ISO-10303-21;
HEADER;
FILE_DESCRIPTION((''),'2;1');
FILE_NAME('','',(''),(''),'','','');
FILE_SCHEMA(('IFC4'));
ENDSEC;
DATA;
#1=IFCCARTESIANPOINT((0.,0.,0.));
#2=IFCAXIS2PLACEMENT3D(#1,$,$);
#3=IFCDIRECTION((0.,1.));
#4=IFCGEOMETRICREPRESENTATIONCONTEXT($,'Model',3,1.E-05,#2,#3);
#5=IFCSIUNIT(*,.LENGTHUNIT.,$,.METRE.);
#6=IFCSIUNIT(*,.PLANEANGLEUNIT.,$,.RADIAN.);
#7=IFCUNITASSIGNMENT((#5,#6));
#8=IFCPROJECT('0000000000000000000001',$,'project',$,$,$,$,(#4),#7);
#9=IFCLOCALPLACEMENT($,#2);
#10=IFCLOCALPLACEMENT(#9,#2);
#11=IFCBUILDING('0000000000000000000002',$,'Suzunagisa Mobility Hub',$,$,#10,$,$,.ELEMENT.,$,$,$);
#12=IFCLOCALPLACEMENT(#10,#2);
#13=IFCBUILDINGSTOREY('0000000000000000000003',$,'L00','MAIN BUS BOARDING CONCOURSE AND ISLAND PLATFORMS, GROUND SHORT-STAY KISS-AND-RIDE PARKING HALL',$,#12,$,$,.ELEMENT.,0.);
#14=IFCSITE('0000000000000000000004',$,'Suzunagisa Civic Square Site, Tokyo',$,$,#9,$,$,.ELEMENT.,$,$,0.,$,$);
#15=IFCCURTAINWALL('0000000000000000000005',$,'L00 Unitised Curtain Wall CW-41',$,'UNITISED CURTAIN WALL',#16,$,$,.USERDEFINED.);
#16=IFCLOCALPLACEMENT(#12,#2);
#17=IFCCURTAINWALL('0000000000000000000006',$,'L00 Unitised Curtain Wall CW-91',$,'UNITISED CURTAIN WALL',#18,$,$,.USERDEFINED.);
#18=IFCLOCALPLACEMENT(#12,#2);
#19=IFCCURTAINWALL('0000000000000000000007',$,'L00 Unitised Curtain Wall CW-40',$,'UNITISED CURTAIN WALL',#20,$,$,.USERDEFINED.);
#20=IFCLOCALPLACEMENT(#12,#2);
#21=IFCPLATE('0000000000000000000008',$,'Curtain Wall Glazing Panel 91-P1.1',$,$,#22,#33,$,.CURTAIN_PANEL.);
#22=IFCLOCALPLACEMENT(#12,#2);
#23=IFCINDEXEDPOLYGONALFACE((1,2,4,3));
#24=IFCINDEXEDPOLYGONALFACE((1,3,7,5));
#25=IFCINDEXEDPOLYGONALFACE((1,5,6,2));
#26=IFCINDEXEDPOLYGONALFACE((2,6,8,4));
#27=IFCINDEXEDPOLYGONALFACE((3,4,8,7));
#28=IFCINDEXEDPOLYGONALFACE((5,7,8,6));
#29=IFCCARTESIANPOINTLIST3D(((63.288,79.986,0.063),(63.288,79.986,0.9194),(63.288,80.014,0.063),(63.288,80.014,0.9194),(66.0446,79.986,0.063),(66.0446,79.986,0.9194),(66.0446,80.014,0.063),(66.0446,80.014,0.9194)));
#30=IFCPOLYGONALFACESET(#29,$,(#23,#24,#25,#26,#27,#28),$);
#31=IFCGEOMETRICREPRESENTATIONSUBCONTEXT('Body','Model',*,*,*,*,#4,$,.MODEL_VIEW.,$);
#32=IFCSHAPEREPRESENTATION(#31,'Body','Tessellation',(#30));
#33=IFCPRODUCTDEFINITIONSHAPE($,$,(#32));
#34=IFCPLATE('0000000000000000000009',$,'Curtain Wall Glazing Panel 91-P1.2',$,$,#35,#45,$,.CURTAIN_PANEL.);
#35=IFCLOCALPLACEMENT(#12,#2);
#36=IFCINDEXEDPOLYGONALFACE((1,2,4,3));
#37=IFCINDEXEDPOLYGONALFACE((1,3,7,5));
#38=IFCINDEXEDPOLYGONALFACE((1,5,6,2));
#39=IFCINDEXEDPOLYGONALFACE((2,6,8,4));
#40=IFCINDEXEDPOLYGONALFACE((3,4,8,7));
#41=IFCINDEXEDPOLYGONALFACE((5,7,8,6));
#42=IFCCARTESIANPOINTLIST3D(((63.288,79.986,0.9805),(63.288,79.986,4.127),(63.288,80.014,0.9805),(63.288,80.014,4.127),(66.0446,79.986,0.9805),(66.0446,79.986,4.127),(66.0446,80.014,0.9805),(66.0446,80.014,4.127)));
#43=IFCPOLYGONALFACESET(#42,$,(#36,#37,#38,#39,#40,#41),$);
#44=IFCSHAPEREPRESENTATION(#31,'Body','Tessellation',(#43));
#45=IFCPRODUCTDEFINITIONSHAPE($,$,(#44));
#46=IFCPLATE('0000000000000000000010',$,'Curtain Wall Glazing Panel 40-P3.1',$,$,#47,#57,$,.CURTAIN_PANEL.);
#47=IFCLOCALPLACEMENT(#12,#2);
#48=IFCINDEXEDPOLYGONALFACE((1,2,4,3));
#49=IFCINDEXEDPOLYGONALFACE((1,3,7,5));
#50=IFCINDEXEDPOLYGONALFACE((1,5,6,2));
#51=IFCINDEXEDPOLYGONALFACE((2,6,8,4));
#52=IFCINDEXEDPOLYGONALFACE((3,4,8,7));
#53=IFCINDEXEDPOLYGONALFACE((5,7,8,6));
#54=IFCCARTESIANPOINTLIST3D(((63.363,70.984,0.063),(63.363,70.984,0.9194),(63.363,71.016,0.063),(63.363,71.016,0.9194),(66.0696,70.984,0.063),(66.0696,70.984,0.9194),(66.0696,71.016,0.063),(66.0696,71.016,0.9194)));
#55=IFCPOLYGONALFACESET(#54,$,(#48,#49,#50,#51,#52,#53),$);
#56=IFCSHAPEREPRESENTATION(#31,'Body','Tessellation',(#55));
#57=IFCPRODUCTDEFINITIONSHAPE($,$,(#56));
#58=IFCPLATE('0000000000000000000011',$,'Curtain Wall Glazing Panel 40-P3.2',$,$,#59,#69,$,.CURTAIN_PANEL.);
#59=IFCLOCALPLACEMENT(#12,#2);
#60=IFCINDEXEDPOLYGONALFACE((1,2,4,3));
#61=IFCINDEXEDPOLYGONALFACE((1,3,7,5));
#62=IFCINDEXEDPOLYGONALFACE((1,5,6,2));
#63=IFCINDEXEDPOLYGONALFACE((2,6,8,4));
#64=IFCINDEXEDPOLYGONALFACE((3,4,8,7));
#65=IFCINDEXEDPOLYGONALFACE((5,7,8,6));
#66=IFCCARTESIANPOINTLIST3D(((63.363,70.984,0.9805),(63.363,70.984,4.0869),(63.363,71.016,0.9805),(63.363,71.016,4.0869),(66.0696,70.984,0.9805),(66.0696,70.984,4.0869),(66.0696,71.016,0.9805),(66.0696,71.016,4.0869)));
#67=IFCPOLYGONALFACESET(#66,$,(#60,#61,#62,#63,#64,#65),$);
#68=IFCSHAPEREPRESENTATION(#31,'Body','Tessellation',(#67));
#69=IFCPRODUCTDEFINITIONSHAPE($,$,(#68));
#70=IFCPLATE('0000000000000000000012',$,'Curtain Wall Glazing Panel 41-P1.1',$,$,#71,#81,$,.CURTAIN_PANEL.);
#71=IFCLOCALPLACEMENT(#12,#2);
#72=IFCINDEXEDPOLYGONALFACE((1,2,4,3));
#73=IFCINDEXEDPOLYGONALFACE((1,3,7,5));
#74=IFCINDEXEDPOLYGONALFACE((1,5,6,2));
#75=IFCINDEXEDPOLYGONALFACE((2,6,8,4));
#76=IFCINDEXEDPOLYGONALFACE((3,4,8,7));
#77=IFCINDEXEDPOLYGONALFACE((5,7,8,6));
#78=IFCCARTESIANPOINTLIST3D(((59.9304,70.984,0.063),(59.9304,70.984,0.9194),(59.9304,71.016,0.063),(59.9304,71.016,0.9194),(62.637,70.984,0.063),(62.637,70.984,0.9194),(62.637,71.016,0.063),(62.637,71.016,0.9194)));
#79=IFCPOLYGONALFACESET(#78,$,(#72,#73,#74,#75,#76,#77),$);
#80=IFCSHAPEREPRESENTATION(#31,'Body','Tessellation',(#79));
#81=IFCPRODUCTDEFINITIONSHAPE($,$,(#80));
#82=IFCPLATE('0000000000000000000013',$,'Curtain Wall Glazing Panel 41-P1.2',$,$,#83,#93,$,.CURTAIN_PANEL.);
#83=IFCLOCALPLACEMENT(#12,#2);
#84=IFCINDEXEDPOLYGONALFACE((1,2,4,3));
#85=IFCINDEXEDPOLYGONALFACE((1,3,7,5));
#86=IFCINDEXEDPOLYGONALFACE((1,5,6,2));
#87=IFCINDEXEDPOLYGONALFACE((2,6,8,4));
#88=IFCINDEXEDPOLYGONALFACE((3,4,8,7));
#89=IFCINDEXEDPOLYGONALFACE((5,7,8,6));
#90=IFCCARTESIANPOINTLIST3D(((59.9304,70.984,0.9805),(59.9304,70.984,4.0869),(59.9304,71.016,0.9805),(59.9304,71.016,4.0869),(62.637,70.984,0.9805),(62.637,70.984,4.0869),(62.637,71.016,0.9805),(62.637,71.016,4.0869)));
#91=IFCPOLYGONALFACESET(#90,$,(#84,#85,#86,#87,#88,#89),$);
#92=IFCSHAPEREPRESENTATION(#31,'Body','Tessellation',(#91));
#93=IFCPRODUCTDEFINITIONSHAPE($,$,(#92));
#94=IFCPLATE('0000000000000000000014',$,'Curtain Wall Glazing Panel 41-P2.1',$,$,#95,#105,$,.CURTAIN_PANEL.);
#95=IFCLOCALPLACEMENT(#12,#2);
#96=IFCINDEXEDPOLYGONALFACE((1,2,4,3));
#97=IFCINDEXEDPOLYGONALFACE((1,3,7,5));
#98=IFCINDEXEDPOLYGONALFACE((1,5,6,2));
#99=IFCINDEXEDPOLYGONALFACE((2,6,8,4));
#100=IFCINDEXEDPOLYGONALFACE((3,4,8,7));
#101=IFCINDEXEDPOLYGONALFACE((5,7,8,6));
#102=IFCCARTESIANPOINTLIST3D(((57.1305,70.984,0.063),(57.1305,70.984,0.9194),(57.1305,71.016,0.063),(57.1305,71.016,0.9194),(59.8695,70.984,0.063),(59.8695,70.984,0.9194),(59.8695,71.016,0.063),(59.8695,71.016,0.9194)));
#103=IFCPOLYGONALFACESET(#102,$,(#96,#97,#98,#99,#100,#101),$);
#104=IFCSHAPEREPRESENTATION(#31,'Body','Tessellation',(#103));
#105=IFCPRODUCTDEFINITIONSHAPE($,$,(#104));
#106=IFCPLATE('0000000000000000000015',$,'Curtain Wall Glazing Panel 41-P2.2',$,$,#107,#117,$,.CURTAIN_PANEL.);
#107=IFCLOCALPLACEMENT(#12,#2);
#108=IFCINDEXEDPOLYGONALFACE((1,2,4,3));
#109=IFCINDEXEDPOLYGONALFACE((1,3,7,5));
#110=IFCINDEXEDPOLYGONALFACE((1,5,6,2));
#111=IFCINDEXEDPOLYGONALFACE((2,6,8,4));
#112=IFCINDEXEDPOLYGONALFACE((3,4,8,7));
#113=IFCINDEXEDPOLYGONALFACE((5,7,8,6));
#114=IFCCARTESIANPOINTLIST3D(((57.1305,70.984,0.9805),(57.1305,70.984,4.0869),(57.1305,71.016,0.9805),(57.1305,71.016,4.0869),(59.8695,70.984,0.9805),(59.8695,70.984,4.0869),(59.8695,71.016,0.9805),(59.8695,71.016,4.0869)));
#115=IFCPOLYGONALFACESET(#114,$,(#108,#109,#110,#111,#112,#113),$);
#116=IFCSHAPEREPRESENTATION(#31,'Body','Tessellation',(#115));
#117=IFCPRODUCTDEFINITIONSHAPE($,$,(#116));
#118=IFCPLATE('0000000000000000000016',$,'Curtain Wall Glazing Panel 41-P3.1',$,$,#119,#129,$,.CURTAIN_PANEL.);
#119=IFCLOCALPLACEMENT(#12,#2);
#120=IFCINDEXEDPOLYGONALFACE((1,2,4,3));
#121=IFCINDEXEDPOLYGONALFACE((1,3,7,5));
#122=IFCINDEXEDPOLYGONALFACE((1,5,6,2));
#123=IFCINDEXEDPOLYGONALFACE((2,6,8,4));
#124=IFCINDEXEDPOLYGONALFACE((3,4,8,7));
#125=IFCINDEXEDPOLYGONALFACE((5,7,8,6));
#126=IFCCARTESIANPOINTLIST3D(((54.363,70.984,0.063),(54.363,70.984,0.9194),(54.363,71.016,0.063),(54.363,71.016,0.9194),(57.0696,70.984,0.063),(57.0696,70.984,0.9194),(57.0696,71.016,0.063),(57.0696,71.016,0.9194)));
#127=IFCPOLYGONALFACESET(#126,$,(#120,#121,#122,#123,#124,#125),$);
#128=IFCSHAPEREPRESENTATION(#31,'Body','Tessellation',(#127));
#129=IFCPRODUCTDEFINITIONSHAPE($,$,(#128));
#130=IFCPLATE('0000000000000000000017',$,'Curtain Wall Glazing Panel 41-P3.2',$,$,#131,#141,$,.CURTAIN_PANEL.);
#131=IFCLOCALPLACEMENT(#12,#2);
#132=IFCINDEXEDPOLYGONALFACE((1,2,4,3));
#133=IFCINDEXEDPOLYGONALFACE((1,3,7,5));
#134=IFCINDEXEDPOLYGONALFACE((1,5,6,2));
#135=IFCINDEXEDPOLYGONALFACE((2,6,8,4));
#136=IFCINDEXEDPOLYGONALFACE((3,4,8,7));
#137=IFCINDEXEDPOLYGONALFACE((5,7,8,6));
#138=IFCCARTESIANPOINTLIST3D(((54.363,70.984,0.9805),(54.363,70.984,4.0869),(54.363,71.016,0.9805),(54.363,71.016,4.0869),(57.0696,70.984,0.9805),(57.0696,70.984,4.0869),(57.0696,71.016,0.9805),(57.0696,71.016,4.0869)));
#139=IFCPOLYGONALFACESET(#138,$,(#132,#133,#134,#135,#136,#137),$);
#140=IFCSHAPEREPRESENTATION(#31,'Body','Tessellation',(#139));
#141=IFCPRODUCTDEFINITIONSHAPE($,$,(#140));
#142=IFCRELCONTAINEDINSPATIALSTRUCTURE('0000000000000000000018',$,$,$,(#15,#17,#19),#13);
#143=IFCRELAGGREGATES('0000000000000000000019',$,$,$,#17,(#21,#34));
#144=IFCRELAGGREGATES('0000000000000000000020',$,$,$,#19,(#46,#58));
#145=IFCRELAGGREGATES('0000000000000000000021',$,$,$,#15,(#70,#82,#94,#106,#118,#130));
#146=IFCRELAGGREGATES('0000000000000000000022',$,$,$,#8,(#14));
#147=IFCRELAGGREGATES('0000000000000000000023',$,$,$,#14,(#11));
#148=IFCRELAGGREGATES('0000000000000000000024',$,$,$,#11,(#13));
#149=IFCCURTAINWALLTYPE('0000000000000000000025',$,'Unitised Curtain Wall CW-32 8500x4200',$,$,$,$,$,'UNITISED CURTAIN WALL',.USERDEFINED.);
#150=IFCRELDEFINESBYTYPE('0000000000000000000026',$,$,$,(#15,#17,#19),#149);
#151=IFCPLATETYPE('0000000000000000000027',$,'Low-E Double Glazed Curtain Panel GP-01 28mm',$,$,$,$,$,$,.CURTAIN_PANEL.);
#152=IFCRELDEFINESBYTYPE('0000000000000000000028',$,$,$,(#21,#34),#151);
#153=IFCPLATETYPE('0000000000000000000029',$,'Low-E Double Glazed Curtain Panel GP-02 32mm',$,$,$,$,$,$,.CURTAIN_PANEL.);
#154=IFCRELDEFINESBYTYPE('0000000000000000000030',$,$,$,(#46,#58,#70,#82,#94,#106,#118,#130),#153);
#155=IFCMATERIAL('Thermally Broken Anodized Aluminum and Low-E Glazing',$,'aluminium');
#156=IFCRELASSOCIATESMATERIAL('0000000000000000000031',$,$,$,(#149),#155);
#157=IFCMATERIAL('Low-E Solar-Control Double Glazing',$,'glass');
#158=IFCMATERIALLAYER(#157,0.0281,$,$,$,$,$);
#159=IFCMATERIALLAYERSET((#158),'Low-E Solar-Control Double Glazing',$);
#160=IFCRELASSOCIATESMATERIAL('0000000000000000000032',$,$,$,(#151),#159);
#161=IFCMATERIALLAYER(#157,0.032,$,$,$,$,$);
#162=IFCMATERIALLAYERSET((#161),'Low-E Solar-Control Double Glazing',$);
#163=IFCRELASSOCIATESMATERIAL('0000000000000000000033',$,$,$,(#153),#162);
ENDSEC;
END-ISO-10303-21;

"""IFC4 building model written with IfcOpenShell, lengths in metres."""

from ifc_helpers import new_model, si_unit, direction, frame, origin, origin_2d, place, context, subcontext, project, spatial, rectangle, extrude, material, layer, layer_set, type_object, element, aggregate, save


model = new_model("IFC4")

# Units and contexts
model_context = context("Model", 3, precision=1e-05, world=origin(), true_north=direction((0.0, 1.0)))
body_context = subcontext(model_context, "Body", "Model", "MODEL_VIEW")
ifc_project = project(units=[si_unit("LENGTHUNIT", "METRE"), si_unit("PLANEANGLEUNIT", "RADIAN")], contexts=[model_context])

# Site, building, storey
site_placement = place(None, origin())
site = spatial("IfcSite", under=ifc_project, at=site_placement, Name="Suzunagisa Civic Square Site, Tokyo", CompositionType="ELEMENT", RefElevation=0.0)
building_placement = place(site_placement, origin())
building = spatial("IfcBuilding", under=site, at=building_placement, Name="Suzunagisa Mobility Hub", CompositionType="ELEMENT")
storey_placement = place(building_placement, origin())
storey = spatial("IfcBuildingStorey", under=building, at=storey_placement, Name="L00", Description="MAIN BUS BOARDING CONCOURSE AND ISLAND PLATFORMS, GROUND SHORT-STAY KISS-AND-RIDE PARKING HALL", CompositionType="ELEMENT", Elevation=0.0)

# Curtain walls
ifc_material_1 = material(Name="Thermally Broken Anodized Aluminum and Low-E Glazing", Category="aluminium")
curtain_wall_type = type_object("IfcCurtainWallType", Name="Unitised Curtain Wall CW-32 8500x4200", ElementType="UNITISED CURTAIN WALL", PredefinedType="USERDEFINED", material=ifc_material_1)
curtain_wall_1_placement = place(storey_placement, origin())
curtain_wall_1 = element("IfcCurtainWall", 1, at=curtain_wall_1_placement, inside=storey, type_object=curtain_wall_type, Name="L00 Unitised Curtain Wall CW-41", ObjectType="UNITISED CURTAIN WALL", PredefinedType="USERDEFINED")
curtain_wall_2_placement = place(storey_placement, origin())
curtain_wall_2 = element("IfcCurtainWall", 2, at=curtain_wall_2_placement, inside=storey, type_object=curtain_wall_type, Name="L00 Unitised Curtain Wall CW-91", ObjectType="UNITISED CURTAIN WALL", PredefinedType="USERDEFINED")

# Curtain wall
curtain_wall_3_placement = place(storey_placement, origin())
curtain_wall_3 = element("IfcCurtainWall", 3, at=curtain_wall_3_placement, inside=storey, type_object=curtain_wall_type, Name="L00 Unitised Curtain Wall CW-40", ObjectType="UNITISED CURTAIN WALL", PredefinedType="USERDEFINED")

# Plates
ifc_material_2 = material(Name="Low-E Solar-Control Double Glazing", Category="glass")
ifc_layer_1 = layer(ifc_material_2, 0.0281)
ifc_layer_set_1 = layer_set([ifc_layer_1], Name="Low-E Solar-Control Double Glazing")
plate_type_1 = type_object("IfcPlateType", Name="Low-E Double Glazed Curtain Panel GP-01 28mm", PredefinedType="CURTAIN_PANEL", material=ifc_layer_set_1)
plate_1_placement = place(storey_placement, frame((64.6663, 80.0, 0.063), z_axis=(0.0, 0.0, 1.0), x_axis=(1.0, 0.0, 0.0)))
plate_1 = element("IfcPlate", 4, at=plate_1_placement, type_object=plate_type_1, Name="Curtain Wall Glazing Panel 91-P1.1", PredefinedType="CURTAIN_PANEL", context=body_context, shape_type="SweptSolid", body=[
    extrude(rectangle(XDim=2.7566, YDim=0.0281, at=origin_2d()), origin(), (0.0, 0.0, 1.0), 0.8564),
])
plate_2_placement = place(storey_placement, frame((64.6663, 80.0, 0.9805), z_axis=(0.0, 0.0, 1.0), x_axis=(1.0, 0.0, 0.0)))
plate_2 = element("IfcPlate", 5, at=plate_2_placement, type_object=plate_type_1, Name="Curtain Wall Glazing Panel 91-P1.2", PredefinedType="CURTAIN_PANEL", context=body_context, shape_type="SweptSolid", body=[
    extrude(rectangle(XDim=2.7566, YDim=0.0281, at=origin_2d()), origin(), (0.0, 0.0, 1.0), 3.1465),
])
aggregate(curtain_wall_2, [plate_1, plate_2])
ifc_layer_2 = layer(ifc_material_2, 0.032)
ifc_layer_set_2 = layer_set([ifc_layer_2], Name="Low-E Solar-Control Double Glazing")
plate_type_2 = type_object("IfcPlateType", Name="Low-E Double Glazed Curtain Panel GP-02 32mm", PredefinedType="CURTAIN_PANEL", material=ifc_layer_set_2)
plate_3_placement = place(storey_placement, frame((64.7163, 71.0, 0.063), z_axis=(0.0, 0.0, 1.0), x_axis=(-1.0, 0.0, 0.0)))
plate_3 = element("IfcPlate", 6, at=plate_3_placement, type_object=plate_type_2, Name="Curtain Wall Glazing Panel 40-P3.1", PredefinedType="CURTAIN_PANEL", context=body_context, shape_type="SweptSolid", body=[
    extrude(rectangle(XDim=2.7065, YDim=0.032, at=origin_2d()), origin(), (0.0, 0.0, 1.0), 0.8564),
])
plate_4_placement = place(storey_placement, frame((64.7163, 71.0, 0.9805), z_axis=(0.0, 0.0, 1.0), x_axis=(-1.0, 0.0, 0.0)))
plate_4 = element("IfcPlate", 7, at=plate_4_placement, type_object=plate_type_2, Name="Curtain Wall Glazing Panel 40-P3.2", PredefinedType="CURTAIN_PANEL", context=body_context, shape_type="SweptSolid", body=[
    extrude(rectangle(XDim=2.7065, YDim=0.032, at=origin_2d()), origin(), (0.0, 0.0, 1.0), 3.1064),
])
aggregate(curtain_wall_3, [plate_3, plate_4])
plate_5_placement = place(storey_placement, frame((61.2837, 71.0, 0.063), z_axis=(0.0, 0.0, 1.0), x_axis=(-1.0, 0.0, 0.0)))
plate_5 = element("IfcPlate", 8, at=plate_5_placement, type_object=plate_type_2, Name="Curtain Wall Glazing Panel 41-P1.1", PredefinedType="CURTAIN_PANEL", context=body_context, shape_type="SweptSolid", body=[
    extrude(rectangle(XDim=2.7065, YDim=0.032, at=origin_2d()), origin(), (0.0, 0.0, 1.0), 0.8564),
])
plate_6_placement = place(storey_placement, frame((61.2837, 71.0, 0.9805), z_axis=(0.0, 0.0, 1.0), x_axis=(-1.0, 0.0, 0.0)))
plate_6 = element("IfcPlate", 9, at=plate_6_placement, type_object=plate_type_2, Name="Curtain Wall Glazing Panel 41-P1.2", PredefinedType="CURTAIN_PANEL", context=body_context, shape_type="SweptSolid", body=[
    extrude(rectangle(XDim=2.7065, YDim=0.032, at=origin_2d()), origin(), (0.0, 0.0, 1.0), 3.1064),
])
plate_7_placement = place(storey_placement, frame((58.5, 71.0, 0.063), z_axis=(0.0, 0.0, 1.0), x_axis=(-1.0, 0.0, 0.0)))
plate_7 = element("IfcPlate", 10, at=plate_7_placement, type_object=plate_type_2, Name="Curtain Wall Glazing Panel 41-P2.1", PredefinedType="CURTAIN_PANEL", context=body_context, shape_type="SweptSolid", body=[
    extrude(rectangle(XDim=2.739, YDim=0.032, at=origin_2d()), origin(), (0.0, 0.0, 1.0), 0.8564),
])
plate_8_placement = place(storey_placement, frame((58.5, 71.0, 0.9805), z_axis=(0.0, 0.0, 1.0), x_axis=(-1.0, 0.0, 0.0)))
plate_8 = element("IfcPlate", 11, at=plate_8_placement, type_object=plate_type_2, Name="Curtain Wall Glazing Panel 41-P2.2", PredefinedType="CURTAIN_PANEL", context=body_context, shape_type="SweptSolid", body=[
    extrude(rectangle(XDim=2.739, YDim=0.032, at=origin_2d()), origin(), (0.0, 0.0, 1.0), 3.1064),
])
plate_9_placement = place(storey_placement, frame((55.7163, 71.0, 0.063), z_axis=(0.0, 0.0, 1.0), x_axis=(-1.0, 0.0, 0.0)))
plate_9 = element("IfcPlate", 12, at=plate_9_placement, type_object=plate_type_2, Name="Curtain Wall Glazing Panel 41-P3.1", PredefinedType="CURTAIN_PANEL", context=body_context, shape_type="SweptSolid", body=[
    extrude(rectangle(XDim=2.7065, YDim=0.032, at=origin_2d()), origin(), (0.0, 0.0, 1.0), 0.8564),
])
plate_10_placement = place(storey_placement, frame((55.7163, 71.0, 0.9805), z_axis=(0.0, 0.0, 1.0), x_axis=(-1.0, 0.0, 0.0)))
plate_10 = element("IfcPlate", 13, at=plate_10_placement, type_object=plate_type_2, Name="Curtain Wall Glazing Panel 41-P3.2", PredefinedType="CURTAIN_PANEL", context=body_context, shape_type="SweptSolid", body=[
    extrude(rectangle(XDim=2.7065, YDim=0.032, at=origin_2d()), origin(), (0.0, 0.0, 1.0), 3.1064),
])
aggregate(curtain_wall_1, [plate_5, plate_6, plate_7, plate_8, plate_9, plate_10])

save(model, "model.ifc")
